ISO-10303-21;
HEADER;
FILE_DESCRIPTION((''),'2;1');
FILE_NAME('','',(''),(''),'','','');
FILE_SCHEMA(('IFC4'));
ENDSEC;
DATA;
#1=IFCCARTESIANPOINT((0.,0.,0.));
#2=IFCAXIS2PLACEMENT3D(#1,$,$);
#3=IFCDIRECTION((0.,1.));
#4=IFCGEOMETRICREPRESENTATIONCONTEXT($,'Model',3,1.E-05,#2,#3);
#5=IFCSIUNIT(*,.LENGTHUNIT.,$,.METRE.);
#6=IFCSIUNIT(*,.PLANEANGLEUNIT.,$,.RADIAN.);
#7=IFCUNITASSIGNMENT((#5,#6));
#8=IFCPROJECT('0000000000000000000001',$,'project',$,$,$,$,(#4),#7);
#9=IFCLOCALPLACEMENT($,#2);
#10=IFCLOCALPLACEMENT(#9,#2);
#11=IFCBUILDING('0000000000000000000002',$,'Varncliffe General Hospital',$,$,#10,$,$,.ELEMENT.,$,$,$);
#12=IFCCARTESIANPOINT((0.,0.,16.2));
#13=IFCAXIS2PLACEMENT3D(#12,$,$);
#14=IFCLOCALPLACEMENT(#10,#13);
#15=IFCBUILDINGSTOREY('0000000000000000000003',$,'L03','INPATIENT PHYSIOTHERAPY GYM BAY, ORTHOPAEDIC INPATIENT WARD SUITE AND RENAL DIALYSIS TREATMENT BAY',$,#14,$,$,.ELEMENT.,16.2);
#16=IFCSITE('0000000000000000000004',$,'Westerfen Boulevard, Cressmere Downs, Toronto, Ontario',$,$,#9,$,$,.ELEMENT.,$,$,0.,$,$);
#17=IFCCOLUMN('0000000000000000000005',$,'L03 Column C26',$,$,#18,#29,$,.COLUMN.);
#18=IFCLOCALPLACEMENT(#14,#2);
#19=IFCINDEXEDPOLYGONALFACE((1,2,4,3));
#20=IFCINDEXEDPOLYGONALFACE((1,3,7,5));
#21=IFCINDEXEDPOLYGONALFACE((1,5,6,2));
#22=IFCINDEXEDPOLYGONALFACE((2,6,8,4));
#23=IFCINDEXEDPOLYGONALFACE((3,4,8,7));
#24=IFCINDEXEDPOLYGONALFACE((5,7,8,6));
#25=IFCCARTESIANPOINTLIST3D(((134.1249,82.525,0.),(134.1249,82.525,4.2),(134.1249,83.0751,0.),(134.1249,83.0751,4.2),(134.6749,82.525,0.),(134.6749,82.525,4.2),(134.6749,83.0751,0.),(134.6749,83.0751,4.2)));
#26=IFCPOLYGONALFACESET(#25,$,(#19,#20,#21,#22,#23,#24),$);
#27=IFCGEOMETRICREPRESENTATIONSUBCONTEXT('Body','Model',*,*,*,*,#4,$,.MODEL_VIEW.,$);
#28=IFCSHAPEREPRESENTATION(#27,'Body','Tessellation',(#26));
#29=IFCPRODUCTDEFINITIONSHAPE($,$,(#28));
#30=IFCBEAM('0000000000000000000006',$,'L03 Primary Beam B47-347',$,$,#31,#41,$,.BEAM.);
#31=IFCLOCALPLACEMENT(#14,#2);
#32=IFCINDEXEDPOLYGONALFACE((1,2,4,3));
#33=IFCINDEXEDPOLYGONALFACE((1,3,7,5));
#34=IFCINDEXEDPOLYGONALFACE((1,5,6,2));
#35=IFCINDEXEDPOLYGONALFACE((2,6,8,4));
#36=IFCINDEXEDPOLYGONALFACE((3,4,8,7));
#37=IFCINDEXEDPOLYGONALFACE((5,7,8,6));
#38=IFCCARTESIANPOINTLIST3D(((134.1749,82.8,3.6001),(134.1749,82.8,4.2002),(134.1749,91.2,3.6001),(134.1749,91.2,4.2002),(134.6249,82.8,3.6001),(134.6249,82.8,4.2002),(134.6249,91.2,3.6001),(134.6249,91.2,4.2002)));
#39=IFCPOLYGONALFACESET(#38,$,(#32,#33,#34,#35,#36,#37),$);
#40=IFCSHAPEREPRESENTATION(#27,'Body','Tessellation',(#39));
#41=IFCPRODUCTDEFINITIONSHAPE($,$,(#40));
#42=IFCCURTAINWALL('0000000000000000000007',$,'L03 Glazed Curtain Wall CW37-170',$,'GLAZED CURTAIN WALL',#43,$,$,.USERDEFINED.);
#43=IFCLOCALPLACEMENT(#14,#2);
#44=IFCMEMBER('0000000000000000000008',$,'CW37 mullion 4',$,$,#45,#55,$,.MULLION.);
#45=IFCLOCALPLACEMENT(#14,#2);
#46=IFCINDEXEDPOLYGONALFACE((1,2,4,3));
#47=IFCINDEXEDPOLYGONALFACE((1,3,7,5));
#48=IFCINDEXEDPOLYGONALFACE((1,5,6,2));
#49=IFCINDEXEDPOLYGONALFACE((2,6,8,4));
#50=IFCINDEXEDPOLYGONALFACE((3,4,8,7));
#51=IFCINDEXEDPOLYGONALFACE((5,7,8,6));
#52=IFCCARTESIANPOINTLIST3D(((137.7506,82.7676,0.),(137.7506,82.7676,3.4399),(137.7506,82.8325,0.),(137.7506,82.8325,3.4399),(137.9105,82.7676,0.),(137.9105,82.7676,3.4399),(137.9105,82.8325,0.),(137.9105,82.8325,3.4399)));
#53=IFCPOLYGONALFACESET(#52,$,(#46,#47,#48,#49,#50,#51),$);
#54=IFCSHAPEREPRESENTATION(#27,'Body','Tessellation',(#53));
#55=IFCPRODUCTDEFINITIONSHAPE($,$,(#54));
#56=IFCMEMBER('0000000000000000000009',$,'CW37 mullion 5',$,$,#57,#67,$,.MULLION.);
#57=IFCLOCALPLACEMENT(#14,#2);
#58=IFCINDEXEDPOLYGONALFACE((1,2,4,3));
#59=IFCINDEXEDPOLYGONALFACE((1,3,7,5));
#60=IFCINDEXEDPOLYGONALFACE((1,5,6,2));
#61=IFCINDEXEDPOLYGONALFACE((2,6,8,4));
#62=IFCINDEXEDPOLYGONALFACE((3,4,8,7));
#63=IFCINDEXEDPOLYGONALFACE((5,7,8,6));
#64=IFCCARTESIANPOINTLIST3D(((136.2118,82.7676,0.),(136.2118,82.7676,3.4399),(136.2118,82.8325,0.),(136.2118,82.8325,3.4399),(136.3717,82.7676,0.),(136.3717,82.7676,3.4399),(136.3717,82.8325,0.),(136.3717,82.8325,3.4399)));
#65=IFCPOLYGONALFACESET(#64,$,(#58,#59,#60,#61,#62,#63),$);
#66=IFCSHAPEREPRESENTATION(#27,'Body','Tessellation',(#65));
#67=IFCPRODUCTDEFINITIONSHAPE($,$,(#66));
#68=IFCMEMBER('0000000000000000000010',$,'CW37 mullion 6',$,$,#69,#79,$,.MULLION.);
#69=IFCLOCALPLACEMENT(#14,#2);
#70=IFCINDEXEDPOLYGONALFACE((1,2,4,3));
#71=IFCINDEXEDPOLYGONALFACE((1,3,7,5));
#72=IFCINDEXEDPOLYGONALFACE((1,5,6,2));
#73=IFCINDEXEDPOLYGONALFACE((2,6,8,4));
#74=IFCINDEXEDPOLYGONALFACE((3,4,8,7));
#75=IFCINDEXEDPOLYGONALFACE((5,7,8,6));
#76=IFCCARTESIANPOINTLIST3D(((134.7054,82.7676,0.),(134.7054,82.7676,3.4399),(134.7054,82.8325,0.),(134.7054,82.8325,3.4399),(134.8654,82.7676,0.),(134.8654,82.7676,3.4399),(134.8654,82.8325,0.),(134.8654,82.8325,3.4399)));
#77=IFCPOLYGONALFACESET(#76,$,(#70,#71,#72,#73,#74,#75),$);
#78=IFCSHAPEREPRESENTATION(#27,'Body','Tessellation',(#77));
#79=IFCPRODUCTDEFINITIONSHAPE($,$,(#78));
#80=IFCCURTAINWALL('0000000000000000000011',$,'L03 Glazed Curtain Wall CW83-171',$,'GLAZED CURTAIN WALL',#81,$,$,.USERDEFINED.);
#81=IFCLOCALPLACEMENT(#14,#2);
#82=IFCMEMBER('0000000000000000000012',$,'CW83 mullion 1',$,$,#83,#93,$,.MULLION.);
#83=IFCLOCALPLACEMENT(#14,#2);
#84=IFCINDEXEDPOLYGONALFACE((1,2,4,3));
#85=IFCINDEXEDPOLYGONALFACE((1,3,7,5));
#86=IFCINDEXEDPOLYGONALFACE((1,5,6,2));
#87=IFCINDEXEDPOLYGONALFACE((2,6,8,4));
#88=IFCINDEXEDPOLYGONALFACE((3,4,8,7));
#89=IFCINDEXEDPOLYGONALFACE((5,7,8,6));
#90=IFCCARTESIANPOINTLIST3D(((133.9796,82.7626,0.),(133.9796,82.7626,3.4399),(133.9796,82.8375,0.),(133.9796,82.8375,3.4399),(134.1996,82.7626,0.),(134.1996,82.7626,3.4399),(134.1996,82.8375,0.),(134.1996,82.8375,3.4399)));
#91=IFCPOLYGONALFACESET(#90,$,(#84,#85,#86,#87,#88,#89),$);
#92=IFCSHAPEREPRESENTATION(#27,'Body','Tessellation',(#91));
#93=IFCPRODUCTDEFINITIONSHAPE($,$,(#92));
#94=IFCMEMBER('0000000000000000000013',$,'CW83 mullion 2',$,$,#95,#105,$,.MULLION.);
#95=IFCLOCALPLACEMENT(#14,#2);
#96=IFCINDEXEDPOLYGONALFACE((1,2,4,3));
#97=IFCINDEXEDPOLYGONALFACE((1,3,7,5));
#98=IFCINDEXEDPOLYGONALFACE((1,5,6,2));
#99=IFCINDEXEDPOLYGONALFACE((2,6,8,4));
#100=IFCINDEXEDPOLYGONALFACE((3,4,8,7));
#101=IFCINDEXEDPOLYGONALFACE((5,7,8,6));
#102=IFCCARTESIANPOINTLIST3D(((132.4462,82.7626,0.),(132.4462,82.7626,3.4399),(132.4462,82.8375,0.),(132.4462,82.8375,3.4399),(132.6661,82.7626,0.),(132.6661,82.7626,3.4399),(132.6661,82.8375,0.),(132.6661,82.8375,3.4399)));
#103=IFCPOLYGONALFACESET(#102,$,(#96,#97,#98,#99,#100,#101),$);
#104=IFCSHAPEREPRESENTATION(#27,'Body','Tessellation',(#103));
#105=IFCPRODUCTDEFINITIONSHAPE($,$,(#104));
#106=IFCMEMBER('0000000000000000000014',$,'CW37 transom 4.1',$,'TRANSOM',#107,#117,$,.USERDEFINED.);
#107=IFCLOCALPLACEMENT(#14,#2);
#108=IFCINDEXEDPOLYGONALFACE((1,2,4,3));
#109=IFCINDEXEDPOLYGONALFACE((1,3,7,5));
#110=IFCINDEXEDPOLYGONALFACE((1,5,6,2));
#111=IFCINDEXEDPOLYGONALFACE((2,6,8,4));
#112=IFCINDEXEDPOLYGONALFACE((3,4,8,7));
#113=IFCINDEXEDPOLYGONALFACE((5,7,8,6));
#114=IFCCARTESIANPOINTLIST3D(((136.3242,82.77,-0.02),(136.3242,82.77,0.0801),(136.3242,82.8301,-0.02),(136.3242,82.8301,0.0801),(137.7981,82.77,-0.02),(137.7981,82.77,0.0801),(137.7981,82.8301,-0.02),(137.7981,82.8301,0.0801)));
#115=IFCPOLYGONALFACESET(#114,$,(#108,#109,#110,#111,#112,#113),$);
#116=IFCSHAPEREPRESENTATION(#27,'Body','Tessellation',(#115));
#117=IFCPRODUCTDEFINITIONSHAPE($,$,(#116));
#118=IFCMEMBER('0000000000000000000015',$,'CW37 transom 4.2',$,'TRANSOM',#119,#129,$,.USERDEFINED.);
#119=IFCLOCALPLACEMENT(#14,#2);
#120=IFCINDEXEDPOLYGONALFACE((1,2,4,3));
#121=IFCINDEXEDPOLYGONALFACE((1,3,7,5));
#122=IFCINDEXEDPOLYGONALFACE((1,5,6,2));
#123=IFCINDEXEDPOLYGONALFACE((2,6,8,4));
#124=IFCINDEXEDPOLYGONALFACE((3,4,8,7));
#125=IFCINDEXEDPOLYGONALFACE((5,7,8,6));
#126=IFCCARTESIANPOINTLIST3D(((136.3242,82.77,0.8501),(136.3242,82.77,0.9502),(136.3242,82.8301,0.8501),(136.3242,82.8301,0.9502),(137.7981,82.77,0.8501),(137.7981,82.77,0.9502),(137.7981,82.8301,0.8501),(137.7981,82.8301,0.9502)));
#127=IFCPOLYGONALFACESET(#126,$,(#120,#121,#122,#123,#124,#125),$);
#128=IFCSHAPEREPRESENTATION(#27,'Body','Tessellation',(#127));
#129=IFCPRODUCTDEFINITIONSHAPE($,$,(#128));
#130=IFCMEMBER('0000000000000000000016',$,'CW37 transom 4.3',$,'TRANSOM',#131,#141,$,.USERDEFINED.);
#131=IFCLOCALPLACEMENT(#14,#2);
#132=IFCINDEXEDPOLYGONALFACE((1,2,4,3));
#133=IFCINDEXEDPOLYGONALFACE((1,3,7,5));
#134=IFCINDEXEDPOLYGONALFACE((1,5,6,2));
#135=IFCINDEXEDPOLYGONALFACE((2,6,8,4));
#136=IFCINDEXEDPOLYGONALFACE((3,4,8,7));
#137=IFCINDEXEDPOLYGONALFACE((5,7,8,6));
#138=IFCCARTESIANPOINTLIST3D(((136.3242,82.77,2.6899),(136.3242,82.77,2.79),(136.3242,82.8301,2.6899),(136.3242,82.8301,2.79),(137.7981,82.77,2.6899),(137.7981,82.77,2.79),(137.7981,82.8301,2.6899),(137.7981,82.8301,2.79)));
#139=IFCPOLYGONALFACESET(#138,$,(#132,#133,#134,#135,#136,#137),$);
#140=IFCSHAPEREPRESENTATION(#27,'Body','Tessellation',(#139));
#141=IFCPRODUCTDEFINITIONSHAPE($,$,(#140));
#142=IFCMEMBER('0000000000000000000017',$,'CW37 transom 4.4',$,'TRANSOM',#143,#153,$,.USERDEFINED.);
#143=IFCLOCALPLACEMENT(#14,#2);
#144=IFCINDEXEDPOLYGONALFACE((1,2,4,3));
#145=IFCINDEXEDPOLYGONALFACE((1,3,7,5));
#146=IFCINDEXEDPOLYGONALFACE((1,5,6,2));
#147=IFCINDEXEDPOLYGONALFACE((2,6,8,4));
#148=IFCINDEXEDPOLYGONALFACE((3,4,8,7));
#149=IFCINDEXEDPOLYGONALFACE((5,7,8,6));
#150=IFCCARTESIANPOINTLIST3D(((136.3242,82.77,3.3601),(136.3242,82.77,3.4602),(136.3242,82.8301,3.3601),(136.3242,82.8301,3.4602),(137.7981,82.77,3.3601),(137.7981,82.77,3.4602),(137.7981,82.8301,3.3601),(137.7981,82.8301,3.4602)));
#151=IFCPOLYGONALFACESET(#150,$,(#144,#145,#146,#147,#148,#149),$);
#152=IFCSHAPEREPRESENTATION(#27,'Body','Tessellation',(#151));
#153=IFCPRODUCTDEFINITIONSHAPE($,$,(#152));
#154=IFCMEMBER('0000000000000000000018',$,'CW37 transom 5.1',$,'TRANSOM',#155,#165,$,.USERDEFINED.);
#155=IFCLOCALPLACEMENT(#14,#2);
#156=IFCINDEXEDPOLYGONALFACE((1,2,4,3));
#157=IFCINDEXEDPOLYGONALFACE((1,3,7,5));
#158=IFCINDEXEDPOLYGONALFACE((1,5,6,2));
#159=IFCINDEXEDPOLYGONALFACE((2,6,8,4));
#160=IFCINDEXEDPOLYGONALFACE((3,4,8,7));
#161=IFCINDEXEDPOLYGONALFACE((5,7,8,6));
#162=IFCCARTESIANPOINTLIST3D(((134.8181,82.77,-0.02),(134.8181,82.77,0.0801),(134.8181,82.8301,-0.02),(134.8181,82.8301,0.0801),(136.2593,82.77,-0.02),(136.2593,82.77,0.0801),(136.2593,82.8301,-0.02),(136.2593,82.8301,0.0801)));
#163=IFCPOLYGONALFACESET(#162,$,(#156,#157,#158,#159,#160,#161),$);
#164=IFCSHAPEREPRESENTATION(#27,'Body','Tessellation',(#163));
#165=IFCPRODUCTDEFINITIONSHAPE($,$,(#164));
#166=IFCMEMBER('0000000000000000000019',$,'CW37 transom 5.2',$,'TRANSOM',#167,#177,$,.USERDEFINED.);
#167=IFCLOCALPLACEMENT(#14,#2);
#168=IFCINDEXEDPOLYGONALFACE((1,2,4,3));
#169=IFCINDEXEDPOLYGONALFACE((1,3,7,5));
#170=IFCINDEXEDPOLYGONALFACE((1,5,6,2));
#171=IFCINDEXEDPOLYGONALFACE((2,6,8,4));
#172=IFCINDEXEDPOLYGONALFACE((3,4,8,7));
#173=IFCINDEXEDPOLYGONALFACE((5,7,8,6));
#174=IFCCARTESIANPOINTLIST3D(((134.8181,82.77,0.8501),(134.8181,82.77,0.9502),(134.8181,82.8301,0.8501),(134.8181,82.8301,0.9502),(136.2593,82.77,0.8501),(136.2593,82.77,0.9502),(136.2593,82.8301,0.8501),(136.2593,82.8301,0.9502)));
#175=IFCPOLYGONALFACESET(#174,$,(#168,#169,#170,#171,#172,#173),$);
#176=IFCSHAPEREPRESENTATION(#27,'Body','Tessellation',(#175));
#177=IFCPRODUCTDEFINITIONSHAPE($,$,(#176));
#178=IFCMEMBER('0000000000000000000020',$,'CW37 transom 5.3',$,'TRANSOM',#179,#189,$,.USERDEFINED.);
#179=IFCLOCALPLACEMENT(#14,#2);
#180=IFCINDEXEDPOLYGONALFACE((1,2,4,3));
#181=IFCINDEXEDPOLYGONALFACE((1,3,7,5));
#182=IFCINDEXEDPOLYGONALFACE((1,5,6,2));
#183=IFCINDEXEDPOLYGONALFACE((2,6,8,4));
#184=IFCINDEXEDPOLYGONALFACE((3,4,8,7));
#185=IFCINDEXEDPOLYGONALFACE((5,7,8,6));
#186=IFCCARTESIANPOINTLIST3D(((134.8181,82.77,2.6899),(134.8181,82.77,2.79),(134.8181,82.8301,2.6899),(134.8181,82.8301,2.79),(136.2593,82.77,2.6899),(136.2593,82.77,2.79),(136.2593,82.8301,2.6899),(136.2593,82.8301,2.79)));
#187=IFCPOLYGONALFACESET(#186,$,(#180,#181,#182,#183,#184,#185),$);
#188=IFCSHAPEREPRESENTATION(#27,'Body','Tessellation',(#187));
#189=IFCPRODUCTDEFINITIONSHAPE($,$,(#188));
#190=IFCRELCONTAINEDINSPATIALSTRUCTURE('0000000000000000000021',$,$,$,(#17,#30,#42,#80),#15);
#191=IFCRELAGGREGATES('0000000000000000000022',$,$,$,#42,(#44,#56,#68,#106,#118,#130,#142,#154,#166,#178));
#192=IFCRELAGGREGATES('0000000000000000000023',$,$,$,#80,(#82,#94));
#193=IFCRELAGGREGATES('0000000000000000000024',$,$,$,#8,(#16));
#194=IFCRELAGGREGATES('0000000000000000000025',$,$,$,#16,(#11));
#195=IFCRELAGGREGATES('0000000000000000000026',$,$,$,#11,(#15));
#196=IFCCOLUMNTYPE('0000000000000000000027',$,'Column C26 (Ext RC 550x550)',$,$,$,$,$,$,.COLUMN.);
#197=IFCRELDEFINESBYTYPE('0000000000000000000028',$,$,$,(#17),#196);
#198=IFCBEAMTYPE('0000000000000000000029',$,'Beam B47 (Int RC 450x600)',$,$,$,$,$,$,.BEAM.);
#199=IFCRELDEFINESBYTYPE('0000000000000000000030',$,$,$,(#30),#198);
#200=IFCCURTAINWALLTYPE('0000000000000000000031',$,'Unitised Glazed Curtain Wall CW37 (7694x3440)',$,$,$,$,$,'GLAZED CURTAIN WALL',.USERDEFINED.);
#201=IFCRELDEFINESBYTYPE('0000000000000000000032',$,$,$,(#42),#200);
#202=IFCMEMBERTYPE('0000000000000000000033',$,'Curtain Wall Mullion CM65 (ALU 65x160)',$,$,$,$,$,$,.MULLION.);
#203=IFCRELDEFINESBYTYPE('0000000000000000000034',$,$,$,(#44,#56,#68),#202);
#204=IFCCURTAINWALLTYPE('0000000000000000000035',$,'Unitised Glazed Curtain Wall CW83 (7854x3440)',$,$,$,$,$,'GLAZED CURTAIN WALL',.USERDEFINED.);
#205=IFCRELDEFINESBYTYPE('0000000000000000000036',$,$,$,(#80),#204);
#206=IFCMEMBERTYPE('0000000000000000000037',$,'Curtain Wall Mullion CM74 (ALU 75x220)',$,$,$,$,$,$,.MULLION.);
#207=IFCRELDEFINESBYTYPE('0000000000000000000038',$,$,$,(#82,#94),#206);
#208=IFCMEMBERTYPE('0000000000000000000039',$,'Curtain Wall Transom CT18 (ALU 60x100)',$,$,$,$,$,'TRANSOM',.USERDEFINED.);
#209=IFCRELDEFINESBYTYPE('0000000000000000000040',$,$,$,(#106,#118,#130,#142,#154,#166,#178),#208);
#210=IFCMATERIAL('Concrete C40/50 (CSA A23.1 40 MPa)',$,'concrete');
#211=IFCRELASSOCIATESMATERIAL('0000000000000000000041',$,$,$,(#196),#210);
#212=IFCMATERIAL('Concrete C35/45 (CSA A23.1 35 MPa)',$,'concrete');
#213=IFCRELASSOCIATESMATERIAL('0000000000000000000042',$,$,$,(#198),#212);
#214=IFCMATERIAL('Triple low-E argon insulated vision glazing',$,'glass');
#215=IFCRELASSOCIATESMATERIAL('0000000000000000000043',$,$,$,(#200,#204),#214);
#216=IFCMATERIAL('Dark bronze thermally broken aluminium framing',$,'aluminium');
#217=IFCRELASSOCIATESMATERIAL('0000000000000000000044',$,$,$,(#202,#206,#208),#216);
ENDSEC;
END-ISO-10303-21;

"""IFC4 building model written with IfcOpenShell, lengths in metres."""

from ifc_helpers import new_model, si_unit, direction, frame, origin, origin_2d, place, context, subcontext, project, spatial, rectangle, extrude, material, material_profile, profile_set, type_object, element, aggregate, save


model = new_model("IFC4")

# Units and contexts
model_context = context("Model", 3, precision=1e-05, world=origin(), true_north=direction((0.0, 1.0)))
body_context = subcontext(model_context, "Body", "Model", "MODEL_VIEW")
ifc_project = project(units=[si_unit("LENGTHUNIT", "METRE"), si_unit("PLANEANGLEUNIT", "RADIAN")], contexts=[model_context])

# Site, building, storey
site_placement = place(None, origin())
site = spatial("IfcSite", under=ifc_project, at=site_placement, Name="Westerfen Boulevard, Cressmere Downs, Toronto, Ontario", CompositionType="ELEMENT", RefElevation=0.0)
building_placement = place(site_placement, origin())
building = spatial("IfcBuilding", under=site, at=building_placement, Name="Varncliffe General Hospital", CompositionType="ELEMENT")
storey_placement = place(building_placement, frame((0.0, 0.0, 16.2)))
storey = spatial("IfcBuildingStorey", under=building, at=storey_placement, Name="L03", Description="INPATIENT PHYSIOTHERAPY GYM BAY, ORTHOPAEDIC INPATIENT WARD SUITE AND RENAL DIALYSIS TREATMENT BAY", CompositionType="ELEMENT", Elevation=16.2)

# Column
ifc_material_1 = material(Name="Concrete C40/50 (CSA A23.1 40 MPa)", Category="concrete")
ifc_material_profile_1 = material_profile(ifc_material_1, rectangle(XDim=0.55, YDim=0.55, at=origin_2d()), Name="RC 550x550")
ifc_profile_set_1 = profile_set([ifc_material_profile_1], Name="Concrete C40/50 (CSA A23.1 40 MPa)")
column_type = type_object("IfcColumnType", Name="Column C26 (Ext RC 550x550)", PredefinedType="COLUMN", material=ifc_profile_set_1)
column_placement = place(storey_placement, frame((134.3999, 82.8, 0.0), z_axis=(0.0, 0.0, 1.0), x_axis=(1.0, 0.0, 0.0)))
element("IfcColumn", 1, at=column_placement, inside=storey, type_object=column_type, Name="L03 Column C26", PredefinedType="COLUMN", context=body_context, shape_type="SweptSolid", body=[
    extrude(rectangle(XDim=0.55, YDim=0.55, at=origin_2d()), origin(), (0.0, 0.0, 1.0), 4.2),
])

# Beam
ifc_material_2 = material(Name="Concrete C35/45 (CSA A23.1 35 MPa)", Category="concrete")
ifc_material_profile_2 = material_profile(ifc_material_2, rectangle(XDim=0.45, YDim=0.6001, at=origin_2d()), Name="RC 450x600")
ifc_profile_set_2 = profile_set([ifc_material_profile_2], Name="Concrete C35/45 (CSA A23.1 35 MPa)")
beam_type_1 = type_object("IfcBeamType", Name="Beam B47 (Int RC 450x600)", PredefinedType="BEAM", material=ifc_profile_set_2)
beam_1_placement = place(storey_placement, frame((134.3999, 82.8, 3.9001), z_axis=(0.0, 1.0, 0.0), x_axis=(-1.0, 0.0, 0.0)))
element("IfcBeam", 2, at=beam_1_placement, inside=storey, type_object=beam_type_1, Name="L03 Primary Beam B47-347", PredefinedType="BEAM", context=body_context, shape_type="SweptSolid", body=[
    extrude(rectangle(XDim=0.45, YDim=0.6001, at=origin_2d()), origin(), (0.0, 0.0, 1.0), 8.3999),
])

# Curtain walls, members
ifc_material_3 = material(Name="Triple low-E argon insulated vision glazing", Category="glass")
curtain_wall_type_1 = type_object("IfcCurtainWallType", Name="Unitised Glazed Curtain Wall CW37 (7694x3440)", ElementType="GLAZED CURTAIN WALL", PredefinedType="USERDEFINED", material=ifc_material_3)
curtain_wall_1_placement = place(storey_placement, origin())
curtain_wall_1 = element("IfcCurtainWall", 3, at=curtain_wall_1_placement, inside=storey, type_object=curtain_wall_type_1, Name="L03 Glazed Curtain Wall CW37-170", ObjectType="GLAZED CURTAIN WALL", PredefinedType="USERDEFINED")
ifc_material_4 = material(Name="Dark bronze thermally broken aluminium framing", Category="aluminium")
ifc_material_profile_3 = material_profile(ifc_material_4, rectangle(XDim=0.0649, YDim=0.1599, at=origin_2d()), Name="ALU 65x160")
ifc_profile_set_3 = profile_set([ifc_material_profile_3], Name="Dark bronze thermally broken aluminium framing")
member_type_1 = type_object("IfcMemberType", Name="Curtain Wall Mullion CM65 (ALU 65x160)", PredefinedType="MULLION", material=ifc_profile_set_3)
member_1_placement = place(storey_placement, frame((137.8306, 82.8, 0.0), z_axis=(0.0, 0.0, 1.0), x_axis=(0.0, -1.0, 0.0)))
member_1 = element("IfcMember", 4, at=member_1_placement, type_object=member_type_1, Name="CW37 mullion 4", PredefinedType="MULLION", context=body_context, shape_type="SweptSolid", body=[
    extrude(rectangle(XDim=0.0649, YDim=0.1599, at=origin_2d()), origin(), (0.0, 0.0, 1.0), 3.4399),
])
member_2_placement = place(storey_placement, frame((136.2917, 82.8, 0.0), z_axis=(0.0, 0.0, 1.0), x_axis=(0.0, -1.0, 0.0)))
member_2 = element("IfcMember", 5, at=member_2_placement, type_object=member_type_1, Name="CW37 mullion 5", PredefinedType="MULLION", context=body_context, shape_type="SweptSolid", body=[
    extrude(rectangle(XDim=0.0649, YDim=0.1599, at=origin_2d()), origin(), (0.0, 0.0, 1.0), 3.4399),
])
member_3_placement = place(storey_placement, frame((134.7854, 82.8, 0.0), z_axis=(0.0, 0.0, 1.0), x_axis=(0.0, -1.0, 0.0)))
member_3 = element("IfcMember", 6, at=member_3_placement, type_object=member_type_1, Name="CW37 mullion 6", PredefinedType="MULLION", context=body_context, shape_type="SweptSolid", body=[
    extrude(rectangle(XDim=0.0649, YDim=0.1599, at=origin_2d()), origin(), (0.0, 0.0, 1.0), 3.4399),
])
curtain_wall_type_2 = type_object("IfcCurtainWallType", Name="Unitised Glazed Curtain Wall CW83 (7854x3440)", ElementType="GLAZED CURTAIN WALL", PredefinedType="USERDEFINED", material=ifc_material_3)
curtain_wall_2_placement = place(storey_placement, origin())
curtain_wall_2 = element("IfcCurtainWall", 7, at=curtain_wall_2_placement, inside=storey, type_object=curtain_wall_type_2, Name="L03 Glazed Curtain Wall CW83-171", ObjectType="GLAZED CURTAIN WALL", PredefinedType="USERDEFINED")
ifc_material_profile_4 = material_profile(ifc_material_4, rectangle(XDim=0.075, YDim=0.22, at=origin_2d()), Name="ALU 75x220")
ifc_profile_set_4 = profile_set([ifc_material_profile_4], Name="Dark bronze thermally broken aluminium framing")
member_type_2 = type_object("IfcMemberType", Name="Curtain Wall Mullion CM74 (ALU 75x220)", PredefinedType="MULLION", material=ifc_profile_set_4)
member_4_placement = place(storey_placement, frame((134.0896, 82.8, 0.0), z_axis=(0.0, 0.0, 1.0), x_axis=(0.0, -1.0, 0.0)))
member_4 = element("IfcMember", 8, at=member_4_placement, type_object=member_type_2, Name="CW83 mullion 1", PredefinedType="MULLION", context=body_context, shape_type="SweptSolid", body=[
    extrude(rectangle(XDim=0.075, YDim=0.22, at=origin_2d()), origin(), (0.0, 0.0, 1.0), 3.4399),
])
member_5_placement = place(storey_placement, frame((132.5562, 82.8, 0.0), z_axis=(0.0, 0.0, 1.0), x_axis=(0.0, -1.0, 0.0)))
member_5 = element("IfcMember", 9, at=member_5_placement, type_object=member_type_2, Name="CW83 mullion 2", PredefinedType="MULLION", context=body_context, shape_type="SweptSolid", body=[
    extrude(rectangle(XDim=0.075, YDim=0.22, at=origin_2d()), origin(), (0.0, 0.0, 1.0), 3.4399),
])

# Members
ifc_material_profile_5 = material_profile(ifc_material_4, rectangle(XDim=0.0601, YDim=0.1001, at=origin_2d()), Name="ALU 60x100")
ifc_profile_set_5 = profile_set([ifc_material_profile_5], Name="Dark bronze thermally broken aluminium framing")
member_type_3 = type_object("IfcMemberType", Name="Curtain Wall Transom CT18 (ALU 60x100)", ElementType="TRANSOM", PredefinedType="USERDEFINED", material=ifc_profile_set_5)
member_6_placement = place(storey_placement, frame((137.7981, 82.8, 0.03), z_axis=(-1.0, 0.0, 0.0), x_axis=(0.0, -1.0, 0.0)))
member_6 = element("IfcMember", 10, at=member_6_placement, type_object=member_type_3, Name="CW37 transom 4.1", ObjectType="TRANSOM", PredefinedType="USERDEFINED", context=body_context, shape_type="SweptSolid", body=[
    extrude(rectangle(XDim=0.0601, YDim=0.1001, at=origin_2d()), origin(), (0.0, 0.0, 1.0), 1.4739),
])
member_7_placement = place(storey_placement, frame((137.7981, 82.8, 0.9001), z_axis=(-1.0, 0.0, 0.0), x_axis=(0.0, -1.0, 0.0)))
member_7 = element("IfcMember", 11, at=member_7_placement, type_object=member_type_3, Name="CW37 transom 4.2", ObjectType="TRANSOM", PredefinedType="USERDEFINED", context=body_context, shape_type="SweptSolid", body=[
    extrude(rectangle(XDim=0.0601, YDim=0.1001, at=origin_2d()), origin(), (0.0, 0.0, 1.0), 1.4739),
])
member_8_placement = place(storey_placement, frame((137.7981, 82.8, 2.74), z_axis=(-1.0, 0.0, 0.0), x_axis=(0.0, -1.0, 0.0)))
member_8 = element("IfcMember", 12, at=member_8_placement, type_object=member_type_3, Name="CW37 transom 4.3", ObjectType="TRANSOM", PredefinedType="USERDEFINED", context=body_context, shape_type="SweptSolid", body=[
    extrude(rectangle(XDim=0.0601, YDim=0.1001, at=origin_2d()), origin(), (0.0, 0.0, 1.0), 1.4739),
])
member_9_placement = place(storey_placement, frame((137.7981, 82.8, 3.4102), z_axis=(-1.0, 0.0, 0.0), x_axis=(0.0, -1.0, 0.0)))
member_9 = element("IfcMember", 13, at=member_9_placement, type_object=member_type_3, Name="CW37 transom 4.4", ObjectType="TRANSOM", PredefinedType="USERDEFINED", context=body_context, shape_type="SweptSolid", body=[
    extrude(rectangle(XDim=0.0601, YDim=0.1001, at=origin_2d()), origin(), (0.0, 0.0, 1.0), 1.4739),
])
member_10_placement = place(storey_placement, frame((136.2593, 82.8, 0.03), z_axis=(-1.0, 0.0, 0.0), x_axis=(0.0, -1.0, 0.0)))
member_10 = element("IfcMember", 14, at=member_10_placement, type_object=member_type_3, Name="CW37 transom 5.1", ObjectType="TRANSOM", PredefinedType="USERDEFINED", context=body_context, shape_type="SweptSolid", body=[
    extrude(rectangle(XDim=0.0601, YDim=0.1001, at=origin_2d()), origin(), (0.0, 0.0, 1.0), 1.4412),
])
member_11_placement = place(storey_placement, frame((136.2593, 82.8, 0.9001), z_axis=(-1.0, 0.0, 0.0), x_axis=(0.0, -1.0, 0.0)))
member_11 = element("IfcMember", 15, at=member_11_placement, type_object=member_type_3, Name="CW37 transom 5.2", ObjectType="TRANSOM", PredefinedType="USERDEFINED", context=body_context, shape_type="SweptSolid", body=[
    extrude(rectangle(XDim=0.0601, YDim=0.1001, at=origin_2d()), origin(), (0.0, 0.0, 1.0), 1.4412),
])
member_12_placement = place(storey_placement, frame((136.2593, 82.8, 2.74), z_axis=(-1.0, 0.0, 0.0), x_axis=(0.0, -1.0, 0.0)))
member_12 = element("IfcMember", 16, at=member_12_placement, type_object=member_type_3, Name="CW37 transom 5.3", ObjectType="TRANSOM", PredefinedType="USERDEFINED", context=body_context, shape_type="SweptSolid", body=[
    extrude(rectangle(XDim=0.0601, YDim=0.1001, at=origin_2d()), origin(), (0.0, 0.0, 1.0), 1.4412),
])

aggregate(curtain_wall_1, [member_1, member_2, member_3, member_6, member_7, member_8, member_9, member_10, member_11, member_12])
aggregate(curtain_wall_2, [member_4, member_5])

save(model, "model.ifc")
